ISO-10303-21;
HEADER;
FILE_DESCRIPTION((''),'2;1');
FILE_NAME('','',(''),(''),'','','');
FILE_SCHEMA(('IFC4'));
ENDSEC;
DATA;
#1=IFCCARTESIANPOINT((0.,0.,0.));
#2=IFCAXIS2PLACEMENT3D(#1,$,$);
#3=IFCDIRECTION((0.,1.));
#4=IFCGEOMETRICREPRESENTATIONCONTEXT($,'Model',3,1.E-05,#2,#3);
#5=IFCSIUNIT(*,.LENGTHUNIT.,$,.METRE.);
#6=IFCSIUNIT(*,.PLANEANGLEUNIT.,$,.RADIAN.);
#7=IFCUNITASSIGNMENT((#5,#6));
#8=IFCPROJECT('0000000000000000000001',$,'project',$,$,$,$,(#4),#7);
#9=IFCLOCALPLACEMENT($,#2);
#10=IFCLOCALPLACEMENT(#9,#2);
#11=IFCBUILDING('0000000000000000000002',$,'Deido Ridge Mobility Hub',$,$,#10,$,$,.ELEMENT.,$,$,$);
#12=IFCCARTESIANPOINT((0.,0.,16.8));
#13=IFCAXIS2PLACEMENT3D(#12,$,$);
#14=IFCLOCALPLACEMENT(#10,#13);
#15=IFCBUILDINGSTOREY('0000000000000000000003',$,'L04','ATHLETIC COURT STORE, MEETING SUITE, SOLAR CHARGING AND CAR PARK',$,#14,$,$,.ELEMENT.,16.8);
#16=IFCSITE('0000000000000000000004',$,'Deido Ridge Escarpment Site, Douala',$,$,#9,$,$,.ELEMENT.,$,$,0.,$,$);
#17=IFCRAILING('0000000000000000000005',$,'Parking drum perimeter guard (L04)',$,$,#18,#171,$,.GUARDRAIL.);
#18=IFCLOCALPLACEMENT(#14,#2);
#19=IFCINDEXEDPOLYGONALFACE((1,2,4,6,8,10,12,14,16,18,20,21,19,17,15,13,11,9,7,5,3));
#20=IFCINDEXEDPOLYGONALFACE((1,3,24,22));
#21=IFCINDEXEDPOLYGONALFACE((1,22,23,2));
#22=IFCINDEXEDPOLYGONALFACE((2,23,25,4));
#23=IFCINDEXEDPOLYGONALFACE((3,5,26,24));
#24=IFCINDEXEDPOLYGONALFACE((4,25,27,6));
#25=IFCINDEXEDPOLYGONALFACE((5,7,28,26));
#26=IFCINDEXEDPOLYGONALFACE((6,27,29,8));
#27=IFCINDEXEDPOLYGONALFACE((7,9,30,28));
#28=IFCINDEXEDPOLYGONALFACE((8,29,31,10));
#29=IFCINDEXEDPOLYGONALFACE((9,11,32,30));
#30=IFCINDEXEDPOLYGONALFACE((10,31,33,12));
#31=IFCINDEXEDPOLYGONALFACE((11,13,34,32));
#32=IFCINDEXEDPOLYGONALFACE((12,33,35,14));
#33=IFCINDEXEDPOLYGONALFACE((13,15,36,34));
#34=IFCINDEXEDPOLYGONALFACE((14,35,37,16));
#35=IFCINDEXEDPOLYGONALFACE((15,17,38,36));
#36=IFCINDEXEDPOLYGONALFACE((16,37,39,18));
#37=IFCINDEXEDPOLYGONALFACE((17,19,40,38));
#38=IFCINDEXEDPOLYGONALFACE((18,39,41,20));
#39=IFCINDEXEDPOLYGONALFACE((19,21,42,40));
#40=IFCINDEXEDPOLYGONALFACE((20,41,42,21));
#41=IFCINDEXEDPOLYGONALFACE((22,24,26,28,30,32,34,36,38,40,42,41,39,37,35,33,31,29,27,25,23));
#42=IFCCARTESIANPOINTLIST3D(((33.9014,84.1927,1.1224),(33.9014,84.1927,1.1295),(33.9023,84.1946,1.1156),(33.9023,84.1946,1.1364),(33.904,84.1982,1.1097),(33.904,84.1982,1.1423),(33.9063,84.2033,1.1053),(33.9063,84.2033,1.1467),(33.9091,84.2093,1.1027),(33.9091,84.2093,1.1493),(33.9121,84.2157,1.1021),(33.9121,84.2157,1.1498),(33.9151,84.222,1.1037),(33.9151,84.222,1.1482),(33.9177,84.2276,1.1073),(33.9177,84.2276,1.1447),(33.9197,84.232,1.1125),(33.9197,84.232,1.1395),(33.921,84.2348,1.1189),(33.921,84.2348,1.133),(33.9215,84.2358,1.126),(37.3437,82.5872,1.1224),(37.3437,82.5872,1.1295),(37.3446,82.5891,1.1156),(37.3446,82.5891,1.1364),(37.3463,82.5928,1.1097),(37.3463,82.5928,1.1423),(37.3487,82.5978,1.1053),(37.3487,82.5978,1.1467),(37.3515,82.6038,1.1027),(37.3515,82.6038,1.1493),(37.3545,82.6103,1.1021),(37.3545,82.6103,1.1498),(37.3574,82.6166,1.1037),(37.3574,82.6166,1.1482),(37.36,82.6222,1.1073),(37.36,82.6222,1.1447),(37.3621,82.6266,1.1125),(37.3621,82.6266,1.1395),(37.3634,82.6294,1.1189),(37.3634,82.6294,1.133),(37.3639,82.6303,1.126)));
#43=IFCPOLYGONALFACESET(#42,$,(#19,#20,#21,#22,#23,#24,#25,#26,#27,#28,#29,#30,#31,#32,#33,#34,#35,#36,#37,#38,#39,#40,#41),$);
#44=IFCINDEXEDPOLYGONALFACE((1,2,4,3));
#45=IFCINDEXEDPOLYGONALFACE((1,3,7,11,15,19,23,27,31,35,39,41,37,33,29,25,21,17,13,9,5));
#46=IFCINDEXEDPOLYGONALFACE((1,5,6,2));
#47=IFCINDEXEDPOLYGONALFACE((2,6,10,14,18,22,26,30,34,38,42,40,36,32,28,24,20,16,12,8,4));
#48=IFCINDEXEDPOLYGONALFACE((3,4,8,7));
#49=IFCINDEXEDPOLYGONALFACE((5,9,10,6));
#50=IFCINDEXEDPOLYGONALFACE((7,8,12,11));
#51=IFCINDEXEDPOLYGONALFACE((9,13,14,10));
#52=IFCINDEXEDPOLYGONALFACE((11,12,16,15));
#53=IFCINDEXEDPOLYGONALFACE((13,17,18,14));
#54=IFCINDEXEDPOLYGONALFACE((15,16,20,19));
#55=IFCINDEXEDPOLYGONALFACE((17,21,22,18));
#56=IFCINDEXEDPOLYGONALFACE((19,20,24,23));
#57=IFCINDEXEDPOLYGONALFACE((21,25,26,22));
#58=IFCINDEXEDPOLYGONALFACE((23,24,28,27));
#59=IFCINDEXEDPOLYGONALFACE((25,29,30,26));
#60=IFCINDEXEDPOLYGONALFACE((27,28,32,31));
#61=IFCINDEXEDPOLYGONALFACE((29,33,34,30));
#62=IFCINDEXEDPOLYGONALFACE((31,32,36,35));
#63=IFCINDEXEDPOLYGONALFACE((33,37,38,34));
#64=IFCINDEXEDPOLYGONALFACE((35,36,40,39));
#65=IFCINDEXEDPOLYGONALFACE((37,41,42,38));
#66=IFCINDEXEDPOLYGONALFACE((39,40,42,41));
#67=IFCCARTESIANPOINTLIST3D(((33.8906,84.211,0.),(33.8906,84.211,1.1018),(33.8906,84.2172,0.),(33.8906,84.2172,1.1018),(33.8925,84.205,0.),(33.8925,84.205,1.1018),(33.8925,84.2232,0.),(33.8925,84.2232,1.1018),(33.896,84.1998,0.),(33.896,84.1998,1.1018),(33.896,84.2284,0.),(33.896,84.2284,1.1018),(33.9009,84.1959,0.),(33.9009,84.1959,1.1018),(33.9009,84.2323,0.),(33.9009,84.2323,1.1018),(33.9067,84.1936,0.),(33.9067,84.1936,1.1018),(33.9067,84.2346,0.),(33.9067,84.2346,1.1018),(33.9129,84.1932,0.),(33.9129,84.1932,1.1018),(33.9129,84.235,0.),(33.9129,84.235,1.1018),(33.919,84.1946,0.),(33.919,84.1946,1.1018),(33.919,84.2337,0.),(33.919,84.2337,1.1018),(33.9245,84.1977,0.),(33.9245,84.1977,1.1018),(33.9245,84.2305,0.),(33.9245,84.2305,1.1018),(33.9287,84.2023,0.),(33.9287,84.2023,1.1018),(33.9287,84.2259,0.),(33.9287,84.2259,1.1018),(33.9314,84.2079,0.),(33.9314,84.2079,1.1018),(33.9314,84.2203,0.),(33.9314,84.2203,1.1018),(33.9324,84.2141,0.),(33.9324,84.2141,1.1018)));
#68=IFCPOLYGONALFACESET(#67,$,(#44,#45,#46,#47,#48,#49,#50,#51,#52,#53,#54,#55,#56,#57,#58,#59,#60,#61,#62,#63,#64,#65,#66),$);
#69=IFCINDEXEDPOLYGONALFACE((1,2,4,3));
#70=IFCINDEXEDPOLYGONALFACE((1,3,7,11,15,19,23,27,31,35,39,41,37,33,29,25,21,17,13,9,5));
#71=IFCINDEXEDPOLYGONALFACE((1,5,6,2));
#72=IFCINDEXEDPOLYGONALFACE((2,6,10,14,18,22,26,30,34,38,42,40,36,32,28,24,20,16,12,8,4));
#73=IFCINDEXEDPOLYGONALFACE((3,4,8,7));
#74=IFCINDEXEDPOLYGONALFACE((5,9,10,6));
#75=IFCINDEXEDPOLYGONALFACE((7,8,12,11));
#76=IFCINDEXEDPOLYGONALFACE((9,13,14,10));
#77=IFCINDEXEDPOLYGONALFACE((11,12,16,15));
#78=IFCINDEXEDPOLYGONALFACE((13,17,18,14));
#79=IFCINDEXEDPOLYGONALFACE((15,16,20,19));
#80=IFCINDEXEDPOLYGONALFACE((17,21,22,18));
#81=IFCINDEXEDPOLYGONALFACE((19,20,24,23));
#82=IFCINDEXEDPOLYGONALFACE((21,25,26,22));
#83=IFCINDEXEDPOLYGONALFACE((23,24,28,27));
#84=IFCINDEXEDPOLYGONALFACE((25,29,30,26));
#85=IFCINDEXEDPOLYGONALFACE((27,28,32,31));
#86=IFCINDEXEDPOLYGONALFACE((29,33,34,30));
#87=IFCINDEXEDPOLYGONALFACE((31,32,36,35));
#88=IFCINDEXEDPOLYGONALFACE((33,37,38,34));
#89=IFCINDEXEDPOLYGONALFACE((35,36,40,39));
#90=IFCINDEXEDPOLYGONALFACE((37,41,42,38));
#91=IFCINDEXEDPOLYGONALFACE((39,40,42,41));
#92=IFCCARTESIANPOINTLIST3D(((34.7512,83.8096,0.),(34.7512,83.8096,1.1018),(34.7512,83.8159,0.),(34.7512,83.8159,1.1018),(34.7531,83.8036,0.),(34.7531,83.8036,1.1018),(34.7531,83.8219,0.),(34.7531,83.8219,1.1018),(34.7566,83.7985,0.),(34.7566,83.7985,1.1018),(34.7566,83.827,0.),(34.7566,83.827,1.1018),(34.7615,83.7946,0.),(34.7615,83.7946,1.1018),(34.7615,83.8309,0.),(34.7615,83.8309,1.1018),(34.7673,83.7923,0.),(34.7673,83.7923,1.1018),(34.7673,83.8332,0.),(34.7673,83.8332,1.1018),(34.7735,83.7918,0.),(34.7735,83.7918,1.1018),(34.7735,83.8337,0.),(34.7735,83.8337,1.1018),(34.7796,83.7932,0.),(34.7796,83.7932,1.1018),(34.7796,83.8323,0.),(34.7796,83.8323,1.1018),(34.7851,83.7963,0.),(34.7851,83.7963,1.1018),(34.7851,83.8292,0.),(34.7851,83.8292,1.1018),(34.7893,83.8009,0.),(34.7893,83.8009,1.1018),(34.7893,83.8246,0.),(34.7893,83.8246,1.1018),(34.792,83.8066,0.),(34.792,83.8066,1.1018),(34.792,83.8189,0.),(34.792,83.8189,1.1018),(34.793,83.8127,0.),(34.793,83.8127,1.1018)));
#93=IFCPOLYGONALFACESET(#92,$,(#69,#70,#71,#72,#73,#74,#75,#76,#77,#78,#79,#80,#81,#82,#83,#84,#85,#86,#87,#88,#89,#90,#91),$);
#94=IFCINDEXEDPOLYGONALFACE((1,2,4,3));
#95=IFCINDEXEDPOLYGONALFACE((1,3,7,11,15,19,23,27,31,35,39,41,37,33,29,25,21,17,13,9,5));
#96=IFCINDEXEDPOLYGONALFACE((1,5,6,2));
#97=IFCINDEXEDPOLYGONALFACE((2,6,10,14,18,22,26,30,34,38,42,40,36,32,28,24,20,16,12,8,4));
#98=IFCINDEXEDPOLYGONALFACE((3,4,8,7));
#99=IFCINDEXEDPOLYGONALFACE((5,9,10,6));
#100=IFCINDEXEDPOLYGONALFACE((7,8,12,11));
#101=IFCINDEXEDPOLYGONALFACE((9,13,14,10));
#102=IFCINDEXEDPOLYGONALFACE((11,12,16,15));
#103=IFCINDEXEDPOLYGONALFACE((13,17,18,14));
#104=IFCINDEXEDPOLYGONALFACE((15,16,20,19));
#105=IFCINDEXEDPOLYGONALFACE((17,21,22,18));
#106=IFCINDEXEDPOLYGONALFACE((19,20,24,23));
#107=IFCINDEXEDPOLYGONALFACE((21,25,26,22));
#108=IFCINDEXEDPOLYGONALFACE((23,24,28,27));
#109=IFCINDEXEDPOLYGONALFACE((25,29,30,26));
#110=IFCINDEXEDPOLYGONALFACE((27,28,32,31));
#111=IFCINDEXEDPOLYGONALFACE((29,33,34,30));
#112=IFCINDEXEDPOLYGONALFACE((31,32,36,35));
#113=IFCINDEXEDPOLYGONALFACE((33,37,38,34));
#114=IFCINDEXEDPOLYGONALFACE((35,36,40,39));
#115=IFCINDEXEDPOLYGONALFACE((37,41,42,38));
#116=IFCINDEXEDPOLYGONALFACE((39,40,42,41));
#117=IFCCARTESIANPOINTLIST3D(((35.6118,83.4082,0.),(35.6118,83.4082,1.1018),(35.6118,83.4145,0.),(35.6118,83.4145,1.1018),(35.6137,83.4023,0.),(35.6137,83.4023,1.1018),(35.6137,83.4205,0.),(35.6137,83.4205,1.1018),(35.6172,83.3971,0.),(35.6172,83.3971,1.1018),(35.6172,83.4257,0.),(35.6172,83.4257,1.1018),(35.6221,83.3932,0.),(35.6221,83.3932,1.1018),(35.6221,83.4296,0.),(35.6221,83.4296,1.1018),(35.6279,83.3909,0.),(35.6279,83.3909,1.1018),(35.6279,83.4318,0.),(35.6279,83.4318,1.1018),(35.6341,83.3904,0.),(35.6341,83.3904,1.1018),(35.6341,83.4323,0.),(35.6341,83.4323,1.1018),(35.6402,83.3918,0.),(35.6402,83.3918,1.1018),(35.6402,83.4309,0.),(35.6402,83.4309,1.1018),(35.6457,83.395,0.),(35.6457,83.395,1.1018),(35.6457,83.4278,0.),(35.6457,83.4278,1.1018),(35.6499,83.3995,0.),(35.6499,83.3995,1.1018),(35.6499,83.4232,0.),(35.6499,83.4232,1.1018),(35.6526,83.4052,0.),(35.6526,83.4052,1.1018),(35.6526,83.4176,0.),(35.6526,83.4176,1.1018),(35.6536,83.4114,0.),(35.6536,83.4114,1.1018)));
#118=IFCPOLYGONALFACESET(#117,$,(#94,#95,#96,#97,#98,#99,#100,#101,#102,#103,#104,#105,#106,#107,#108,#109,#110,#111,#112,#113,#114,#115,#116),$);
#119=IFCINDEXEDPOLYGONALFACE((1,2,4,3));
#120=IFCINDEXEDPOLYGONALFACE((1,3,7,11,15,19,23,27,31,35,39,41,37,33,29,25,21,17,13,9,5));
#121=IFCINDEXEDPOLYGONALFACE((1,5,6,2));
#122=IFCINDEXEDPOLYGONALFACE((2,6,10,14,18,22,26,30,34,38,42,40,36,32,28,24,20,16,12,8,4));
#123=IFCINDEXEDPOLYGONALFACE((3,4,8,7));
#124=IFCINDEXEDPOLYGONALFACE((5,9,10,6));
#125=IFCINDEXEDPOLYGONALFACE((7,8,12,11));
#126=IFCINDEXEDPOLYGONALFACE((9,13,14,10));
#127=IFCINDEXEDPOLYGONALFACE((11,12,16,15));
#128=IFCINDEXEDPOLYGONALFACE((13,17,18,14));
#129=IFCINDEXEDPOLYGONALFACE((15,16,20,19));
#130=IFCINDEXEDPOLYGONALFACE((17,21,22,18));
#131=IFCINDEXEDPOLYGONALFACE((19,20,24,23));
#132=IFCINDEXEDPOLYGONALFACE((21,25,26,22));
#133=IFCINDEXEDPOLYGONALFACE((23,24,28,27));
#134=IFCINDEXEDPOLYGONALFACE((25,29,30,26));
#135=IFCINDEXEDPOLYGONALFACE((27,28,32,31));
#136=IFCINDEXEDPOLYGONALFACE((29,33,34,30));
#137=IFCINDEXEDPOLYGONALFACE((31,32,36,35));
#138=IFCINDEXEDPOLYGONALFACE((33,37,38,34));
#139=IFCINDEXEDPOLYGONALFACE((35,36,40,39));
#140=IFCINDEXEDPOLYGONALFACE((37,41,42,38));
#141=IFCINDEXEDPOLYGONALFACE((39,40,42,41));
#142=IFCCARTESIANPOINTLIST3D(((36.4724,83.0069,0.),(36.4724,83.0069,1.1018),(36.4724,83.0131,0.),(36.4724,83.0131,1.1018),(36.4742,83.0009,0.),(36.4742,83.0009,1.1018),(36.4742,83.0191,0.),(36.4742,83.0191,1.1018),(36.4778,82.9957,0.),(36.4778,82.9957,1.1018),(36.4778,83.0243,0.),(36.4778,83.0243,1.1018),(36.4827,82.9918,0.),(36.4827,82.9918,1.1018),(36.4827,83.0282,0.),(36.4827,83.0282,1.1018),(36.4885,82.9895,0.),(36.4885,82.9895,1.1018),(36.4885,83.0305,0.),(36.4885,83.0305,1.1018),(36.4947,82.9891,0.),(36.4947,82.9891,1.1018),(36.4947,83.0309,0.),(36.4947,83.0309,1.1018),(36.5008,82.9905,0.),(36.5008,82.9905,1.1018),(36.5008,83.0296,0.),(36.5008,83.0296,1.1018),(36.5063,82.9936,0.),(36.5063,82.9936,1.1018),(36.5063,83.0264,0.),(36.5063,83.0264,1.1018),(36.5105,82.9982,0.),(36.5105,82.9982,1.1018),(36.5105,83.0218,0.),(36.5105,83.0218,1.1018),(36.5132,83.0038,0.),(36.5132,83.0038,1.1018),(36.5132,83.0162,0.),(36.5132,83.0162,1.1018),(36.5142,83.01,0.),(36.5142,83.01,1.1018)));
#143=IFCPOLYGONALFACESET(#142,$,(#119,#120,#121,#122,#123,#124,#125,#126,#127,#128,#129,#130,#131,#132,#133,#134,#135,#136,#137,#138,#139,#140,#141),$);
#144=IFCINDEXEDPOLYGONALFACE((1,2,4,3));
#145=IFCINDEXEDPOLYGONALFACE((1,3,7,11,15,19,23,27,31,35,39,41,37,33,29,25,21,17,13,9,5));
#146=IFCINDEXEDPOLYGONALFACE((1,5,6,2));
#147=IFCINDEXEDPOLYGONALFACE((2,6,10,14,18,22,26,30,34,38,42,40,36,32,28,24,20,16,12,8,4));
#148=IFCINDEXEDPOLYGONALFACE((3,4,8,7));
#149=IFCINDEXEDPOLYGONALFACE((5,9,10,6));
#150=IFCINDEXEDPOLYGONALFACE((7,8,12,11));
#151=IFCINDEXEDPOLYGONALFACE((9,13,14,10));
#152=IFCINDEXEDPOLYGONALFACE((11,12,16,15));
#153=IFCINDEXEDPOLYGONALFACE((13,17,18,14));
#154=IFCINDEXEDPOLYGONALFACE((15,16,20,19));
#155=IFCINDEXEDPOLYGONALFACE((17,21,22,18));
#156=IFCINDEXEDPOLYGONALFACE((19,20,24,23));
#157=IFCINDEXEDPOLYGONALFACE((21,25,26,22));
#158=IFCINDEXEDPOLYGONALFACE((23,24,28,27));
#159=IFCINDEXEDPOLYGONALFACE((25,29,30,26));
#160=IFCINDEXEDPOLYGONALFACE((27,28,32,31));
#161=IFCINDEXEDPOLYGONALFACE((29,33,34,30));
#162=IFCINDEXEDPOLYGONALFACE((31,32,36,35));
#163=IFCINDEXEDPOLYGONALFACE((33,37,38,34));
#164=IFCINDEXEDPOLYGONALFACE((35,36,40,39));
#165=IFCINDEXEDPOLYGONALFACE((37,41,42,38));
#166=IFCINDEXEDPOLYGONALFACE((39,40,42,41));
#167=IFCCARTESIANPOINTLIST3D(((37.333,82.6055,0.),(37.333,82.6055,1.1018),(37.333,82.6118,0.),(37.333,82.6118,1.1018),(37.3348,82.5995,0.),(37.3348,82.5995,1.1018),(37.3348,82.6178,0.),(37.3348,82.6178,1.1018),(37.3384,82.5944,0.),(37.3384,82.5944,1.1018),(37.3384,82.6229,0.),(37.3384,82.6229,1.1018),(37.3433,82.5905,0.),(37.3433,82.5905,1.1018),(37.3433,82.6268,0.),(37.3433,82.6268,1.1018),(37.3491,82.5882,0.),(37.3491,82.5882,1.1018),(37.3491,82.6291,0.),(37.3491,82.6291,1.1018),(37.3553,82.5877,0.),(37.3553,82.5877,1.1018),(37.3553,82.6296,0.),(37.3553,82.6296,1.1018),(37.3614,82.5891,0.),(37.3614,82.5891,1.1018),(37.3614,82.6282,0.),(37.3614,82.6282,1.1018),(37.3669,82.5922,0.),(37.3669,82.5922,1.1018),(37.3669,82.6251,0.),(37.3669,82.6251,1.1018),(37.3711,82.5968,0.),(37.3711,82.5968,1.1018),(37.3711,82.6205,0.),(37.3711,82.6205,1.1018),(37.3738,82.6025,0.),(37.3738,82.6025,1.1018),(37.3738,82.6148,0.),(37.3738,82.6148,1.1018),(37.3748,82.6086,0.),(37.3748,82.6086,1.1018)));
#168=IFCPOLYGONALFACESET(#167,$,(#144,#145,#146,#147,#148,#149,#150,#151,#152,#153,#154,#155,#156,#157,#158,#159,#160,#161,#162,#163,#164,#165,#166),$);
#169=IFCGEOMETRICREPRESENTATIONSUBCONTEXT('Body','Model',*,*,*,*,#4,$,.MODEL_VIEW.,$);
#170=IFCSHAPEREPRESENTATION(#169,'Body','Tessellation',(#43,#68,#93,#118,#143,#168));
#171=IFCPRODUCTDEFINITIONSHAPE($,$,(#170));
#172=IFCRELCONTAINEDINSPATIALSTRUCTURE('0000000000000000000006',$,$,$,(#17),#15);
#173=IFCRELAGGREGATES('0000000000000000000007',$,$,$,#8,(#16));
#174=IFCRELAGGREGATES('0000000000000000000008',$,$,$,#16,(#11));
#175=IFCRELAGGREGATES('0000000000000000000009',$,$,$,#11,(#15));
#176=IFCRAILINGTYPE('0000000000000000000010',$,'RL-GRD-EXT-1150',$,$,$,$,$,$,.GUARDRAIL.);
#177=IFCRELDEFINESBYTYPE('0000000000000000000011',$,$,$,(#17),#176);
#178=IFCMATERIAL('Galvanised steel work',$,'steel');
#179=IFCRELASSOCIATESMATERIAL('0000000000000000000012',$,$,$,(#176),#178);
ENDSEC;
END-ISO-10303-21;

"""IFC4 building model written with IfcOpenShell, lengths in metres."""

from ifc_helpers import new_model, si_unit, direction, frame, origin, origin_2d, place, context, subcontext, project, spatial, circle, extrude, material, type_object, element, save


model = new_model("IFC4")

# Units and contexts
model_context = context("Model", 3, precision=1e-05, world=origin(), true_north=direction((0.0, 1.0)))
body_context = subcontext(model_context, "Body", "Model", "MODEL_VIEW")
ifc_project = project(units=[si_unit("LENGTHUNIT", "METRE"), si_unit("PLANEANGLEUNIT", "RADIAN")], contexts=[model_context])

# Site, building, storey
site_placement = place(None, origin())
site = spatial("IfcSite", under=ifc_project, at=site_placement, Name="Deido Ridge Escarpment Site, Douala", CompositionType="ELEMENT", RefElevation=0.0)
building_placement = place(site_placement, origin())
building = spatial("IfcBuilding", under=site, at=building_placement, Name="Deido Ridge Mobility Hub", CompositionType="ELEMENT")
storey_placement = place(building_placement, frame((0.0, 0.0, 16.8)))
storey = spatial("IfcBuildingStorey", under=building, at=storey_placement, Name="L04", Description="ATHLETIC COURT STORE, MEETING SUITE, SOLAR CHARGING AND CAR PARK", CompositionType="ELEMENT", Elevation=16.8)

# Railing
ifc_material_1 = material(Name="Galvanised steel work", Category="steel")
railing_type = type_object("IfcRailingType", Name="RL-GRD-EXT-1150", PredefinedType="GUARDRAIL", material=ifc_material_1)
railing_1_placement = place(storey_placement, frame((33.9114, 84.2141, 0.0)))
element("IfcRailing", 1, at=railing_1_placement, inside=storey, type_object=railing_type, Name="Parking drum perimeter guard (L04)", PredefinedType="GUARDRAIL", context=body_context, shape_type="SweptSolid", body=[
    extrude(circle(Radius=0.0239, at=origin_2d()), frame((0.0, 0.0, 1.126), z_axis=(0.906282, -0.422674, 0.0), x_axis=(0.422674, 0.906282, 0.0)), (0.0, 0.0, 1.0), 3.7983),
    extrude(circle(Radius=0.021, at=origin_2d()), origin(), (0.0, 0.0, 1.0), 1.1018),
    extrude(circle(Radius=0.021, at=origin_2d()), frame((0.8606, -0.4014, 0.0)), (0.0, 0.0, 1.0), 1.1018),
    extrude(circle(Radius=0.021, at=origin_2d()), frame((1.7212, -0.8027, 0.0)), (0.0, 0.0, 1.0), 1.1018),
    extrude(circle(Radius=0.021, at=origin_2d()), frame((2.5818, -1.2041, 0.0)), (0.0, 0.0, 1.0), 1.1018),
    extrude(circle(Radius=0.021, at=origin_2d()), frame((3.4424, -1.6055, 0.0)), (0.0, 0.0, 1.0), 1.1018),
])

save(model, "model.ifc")
